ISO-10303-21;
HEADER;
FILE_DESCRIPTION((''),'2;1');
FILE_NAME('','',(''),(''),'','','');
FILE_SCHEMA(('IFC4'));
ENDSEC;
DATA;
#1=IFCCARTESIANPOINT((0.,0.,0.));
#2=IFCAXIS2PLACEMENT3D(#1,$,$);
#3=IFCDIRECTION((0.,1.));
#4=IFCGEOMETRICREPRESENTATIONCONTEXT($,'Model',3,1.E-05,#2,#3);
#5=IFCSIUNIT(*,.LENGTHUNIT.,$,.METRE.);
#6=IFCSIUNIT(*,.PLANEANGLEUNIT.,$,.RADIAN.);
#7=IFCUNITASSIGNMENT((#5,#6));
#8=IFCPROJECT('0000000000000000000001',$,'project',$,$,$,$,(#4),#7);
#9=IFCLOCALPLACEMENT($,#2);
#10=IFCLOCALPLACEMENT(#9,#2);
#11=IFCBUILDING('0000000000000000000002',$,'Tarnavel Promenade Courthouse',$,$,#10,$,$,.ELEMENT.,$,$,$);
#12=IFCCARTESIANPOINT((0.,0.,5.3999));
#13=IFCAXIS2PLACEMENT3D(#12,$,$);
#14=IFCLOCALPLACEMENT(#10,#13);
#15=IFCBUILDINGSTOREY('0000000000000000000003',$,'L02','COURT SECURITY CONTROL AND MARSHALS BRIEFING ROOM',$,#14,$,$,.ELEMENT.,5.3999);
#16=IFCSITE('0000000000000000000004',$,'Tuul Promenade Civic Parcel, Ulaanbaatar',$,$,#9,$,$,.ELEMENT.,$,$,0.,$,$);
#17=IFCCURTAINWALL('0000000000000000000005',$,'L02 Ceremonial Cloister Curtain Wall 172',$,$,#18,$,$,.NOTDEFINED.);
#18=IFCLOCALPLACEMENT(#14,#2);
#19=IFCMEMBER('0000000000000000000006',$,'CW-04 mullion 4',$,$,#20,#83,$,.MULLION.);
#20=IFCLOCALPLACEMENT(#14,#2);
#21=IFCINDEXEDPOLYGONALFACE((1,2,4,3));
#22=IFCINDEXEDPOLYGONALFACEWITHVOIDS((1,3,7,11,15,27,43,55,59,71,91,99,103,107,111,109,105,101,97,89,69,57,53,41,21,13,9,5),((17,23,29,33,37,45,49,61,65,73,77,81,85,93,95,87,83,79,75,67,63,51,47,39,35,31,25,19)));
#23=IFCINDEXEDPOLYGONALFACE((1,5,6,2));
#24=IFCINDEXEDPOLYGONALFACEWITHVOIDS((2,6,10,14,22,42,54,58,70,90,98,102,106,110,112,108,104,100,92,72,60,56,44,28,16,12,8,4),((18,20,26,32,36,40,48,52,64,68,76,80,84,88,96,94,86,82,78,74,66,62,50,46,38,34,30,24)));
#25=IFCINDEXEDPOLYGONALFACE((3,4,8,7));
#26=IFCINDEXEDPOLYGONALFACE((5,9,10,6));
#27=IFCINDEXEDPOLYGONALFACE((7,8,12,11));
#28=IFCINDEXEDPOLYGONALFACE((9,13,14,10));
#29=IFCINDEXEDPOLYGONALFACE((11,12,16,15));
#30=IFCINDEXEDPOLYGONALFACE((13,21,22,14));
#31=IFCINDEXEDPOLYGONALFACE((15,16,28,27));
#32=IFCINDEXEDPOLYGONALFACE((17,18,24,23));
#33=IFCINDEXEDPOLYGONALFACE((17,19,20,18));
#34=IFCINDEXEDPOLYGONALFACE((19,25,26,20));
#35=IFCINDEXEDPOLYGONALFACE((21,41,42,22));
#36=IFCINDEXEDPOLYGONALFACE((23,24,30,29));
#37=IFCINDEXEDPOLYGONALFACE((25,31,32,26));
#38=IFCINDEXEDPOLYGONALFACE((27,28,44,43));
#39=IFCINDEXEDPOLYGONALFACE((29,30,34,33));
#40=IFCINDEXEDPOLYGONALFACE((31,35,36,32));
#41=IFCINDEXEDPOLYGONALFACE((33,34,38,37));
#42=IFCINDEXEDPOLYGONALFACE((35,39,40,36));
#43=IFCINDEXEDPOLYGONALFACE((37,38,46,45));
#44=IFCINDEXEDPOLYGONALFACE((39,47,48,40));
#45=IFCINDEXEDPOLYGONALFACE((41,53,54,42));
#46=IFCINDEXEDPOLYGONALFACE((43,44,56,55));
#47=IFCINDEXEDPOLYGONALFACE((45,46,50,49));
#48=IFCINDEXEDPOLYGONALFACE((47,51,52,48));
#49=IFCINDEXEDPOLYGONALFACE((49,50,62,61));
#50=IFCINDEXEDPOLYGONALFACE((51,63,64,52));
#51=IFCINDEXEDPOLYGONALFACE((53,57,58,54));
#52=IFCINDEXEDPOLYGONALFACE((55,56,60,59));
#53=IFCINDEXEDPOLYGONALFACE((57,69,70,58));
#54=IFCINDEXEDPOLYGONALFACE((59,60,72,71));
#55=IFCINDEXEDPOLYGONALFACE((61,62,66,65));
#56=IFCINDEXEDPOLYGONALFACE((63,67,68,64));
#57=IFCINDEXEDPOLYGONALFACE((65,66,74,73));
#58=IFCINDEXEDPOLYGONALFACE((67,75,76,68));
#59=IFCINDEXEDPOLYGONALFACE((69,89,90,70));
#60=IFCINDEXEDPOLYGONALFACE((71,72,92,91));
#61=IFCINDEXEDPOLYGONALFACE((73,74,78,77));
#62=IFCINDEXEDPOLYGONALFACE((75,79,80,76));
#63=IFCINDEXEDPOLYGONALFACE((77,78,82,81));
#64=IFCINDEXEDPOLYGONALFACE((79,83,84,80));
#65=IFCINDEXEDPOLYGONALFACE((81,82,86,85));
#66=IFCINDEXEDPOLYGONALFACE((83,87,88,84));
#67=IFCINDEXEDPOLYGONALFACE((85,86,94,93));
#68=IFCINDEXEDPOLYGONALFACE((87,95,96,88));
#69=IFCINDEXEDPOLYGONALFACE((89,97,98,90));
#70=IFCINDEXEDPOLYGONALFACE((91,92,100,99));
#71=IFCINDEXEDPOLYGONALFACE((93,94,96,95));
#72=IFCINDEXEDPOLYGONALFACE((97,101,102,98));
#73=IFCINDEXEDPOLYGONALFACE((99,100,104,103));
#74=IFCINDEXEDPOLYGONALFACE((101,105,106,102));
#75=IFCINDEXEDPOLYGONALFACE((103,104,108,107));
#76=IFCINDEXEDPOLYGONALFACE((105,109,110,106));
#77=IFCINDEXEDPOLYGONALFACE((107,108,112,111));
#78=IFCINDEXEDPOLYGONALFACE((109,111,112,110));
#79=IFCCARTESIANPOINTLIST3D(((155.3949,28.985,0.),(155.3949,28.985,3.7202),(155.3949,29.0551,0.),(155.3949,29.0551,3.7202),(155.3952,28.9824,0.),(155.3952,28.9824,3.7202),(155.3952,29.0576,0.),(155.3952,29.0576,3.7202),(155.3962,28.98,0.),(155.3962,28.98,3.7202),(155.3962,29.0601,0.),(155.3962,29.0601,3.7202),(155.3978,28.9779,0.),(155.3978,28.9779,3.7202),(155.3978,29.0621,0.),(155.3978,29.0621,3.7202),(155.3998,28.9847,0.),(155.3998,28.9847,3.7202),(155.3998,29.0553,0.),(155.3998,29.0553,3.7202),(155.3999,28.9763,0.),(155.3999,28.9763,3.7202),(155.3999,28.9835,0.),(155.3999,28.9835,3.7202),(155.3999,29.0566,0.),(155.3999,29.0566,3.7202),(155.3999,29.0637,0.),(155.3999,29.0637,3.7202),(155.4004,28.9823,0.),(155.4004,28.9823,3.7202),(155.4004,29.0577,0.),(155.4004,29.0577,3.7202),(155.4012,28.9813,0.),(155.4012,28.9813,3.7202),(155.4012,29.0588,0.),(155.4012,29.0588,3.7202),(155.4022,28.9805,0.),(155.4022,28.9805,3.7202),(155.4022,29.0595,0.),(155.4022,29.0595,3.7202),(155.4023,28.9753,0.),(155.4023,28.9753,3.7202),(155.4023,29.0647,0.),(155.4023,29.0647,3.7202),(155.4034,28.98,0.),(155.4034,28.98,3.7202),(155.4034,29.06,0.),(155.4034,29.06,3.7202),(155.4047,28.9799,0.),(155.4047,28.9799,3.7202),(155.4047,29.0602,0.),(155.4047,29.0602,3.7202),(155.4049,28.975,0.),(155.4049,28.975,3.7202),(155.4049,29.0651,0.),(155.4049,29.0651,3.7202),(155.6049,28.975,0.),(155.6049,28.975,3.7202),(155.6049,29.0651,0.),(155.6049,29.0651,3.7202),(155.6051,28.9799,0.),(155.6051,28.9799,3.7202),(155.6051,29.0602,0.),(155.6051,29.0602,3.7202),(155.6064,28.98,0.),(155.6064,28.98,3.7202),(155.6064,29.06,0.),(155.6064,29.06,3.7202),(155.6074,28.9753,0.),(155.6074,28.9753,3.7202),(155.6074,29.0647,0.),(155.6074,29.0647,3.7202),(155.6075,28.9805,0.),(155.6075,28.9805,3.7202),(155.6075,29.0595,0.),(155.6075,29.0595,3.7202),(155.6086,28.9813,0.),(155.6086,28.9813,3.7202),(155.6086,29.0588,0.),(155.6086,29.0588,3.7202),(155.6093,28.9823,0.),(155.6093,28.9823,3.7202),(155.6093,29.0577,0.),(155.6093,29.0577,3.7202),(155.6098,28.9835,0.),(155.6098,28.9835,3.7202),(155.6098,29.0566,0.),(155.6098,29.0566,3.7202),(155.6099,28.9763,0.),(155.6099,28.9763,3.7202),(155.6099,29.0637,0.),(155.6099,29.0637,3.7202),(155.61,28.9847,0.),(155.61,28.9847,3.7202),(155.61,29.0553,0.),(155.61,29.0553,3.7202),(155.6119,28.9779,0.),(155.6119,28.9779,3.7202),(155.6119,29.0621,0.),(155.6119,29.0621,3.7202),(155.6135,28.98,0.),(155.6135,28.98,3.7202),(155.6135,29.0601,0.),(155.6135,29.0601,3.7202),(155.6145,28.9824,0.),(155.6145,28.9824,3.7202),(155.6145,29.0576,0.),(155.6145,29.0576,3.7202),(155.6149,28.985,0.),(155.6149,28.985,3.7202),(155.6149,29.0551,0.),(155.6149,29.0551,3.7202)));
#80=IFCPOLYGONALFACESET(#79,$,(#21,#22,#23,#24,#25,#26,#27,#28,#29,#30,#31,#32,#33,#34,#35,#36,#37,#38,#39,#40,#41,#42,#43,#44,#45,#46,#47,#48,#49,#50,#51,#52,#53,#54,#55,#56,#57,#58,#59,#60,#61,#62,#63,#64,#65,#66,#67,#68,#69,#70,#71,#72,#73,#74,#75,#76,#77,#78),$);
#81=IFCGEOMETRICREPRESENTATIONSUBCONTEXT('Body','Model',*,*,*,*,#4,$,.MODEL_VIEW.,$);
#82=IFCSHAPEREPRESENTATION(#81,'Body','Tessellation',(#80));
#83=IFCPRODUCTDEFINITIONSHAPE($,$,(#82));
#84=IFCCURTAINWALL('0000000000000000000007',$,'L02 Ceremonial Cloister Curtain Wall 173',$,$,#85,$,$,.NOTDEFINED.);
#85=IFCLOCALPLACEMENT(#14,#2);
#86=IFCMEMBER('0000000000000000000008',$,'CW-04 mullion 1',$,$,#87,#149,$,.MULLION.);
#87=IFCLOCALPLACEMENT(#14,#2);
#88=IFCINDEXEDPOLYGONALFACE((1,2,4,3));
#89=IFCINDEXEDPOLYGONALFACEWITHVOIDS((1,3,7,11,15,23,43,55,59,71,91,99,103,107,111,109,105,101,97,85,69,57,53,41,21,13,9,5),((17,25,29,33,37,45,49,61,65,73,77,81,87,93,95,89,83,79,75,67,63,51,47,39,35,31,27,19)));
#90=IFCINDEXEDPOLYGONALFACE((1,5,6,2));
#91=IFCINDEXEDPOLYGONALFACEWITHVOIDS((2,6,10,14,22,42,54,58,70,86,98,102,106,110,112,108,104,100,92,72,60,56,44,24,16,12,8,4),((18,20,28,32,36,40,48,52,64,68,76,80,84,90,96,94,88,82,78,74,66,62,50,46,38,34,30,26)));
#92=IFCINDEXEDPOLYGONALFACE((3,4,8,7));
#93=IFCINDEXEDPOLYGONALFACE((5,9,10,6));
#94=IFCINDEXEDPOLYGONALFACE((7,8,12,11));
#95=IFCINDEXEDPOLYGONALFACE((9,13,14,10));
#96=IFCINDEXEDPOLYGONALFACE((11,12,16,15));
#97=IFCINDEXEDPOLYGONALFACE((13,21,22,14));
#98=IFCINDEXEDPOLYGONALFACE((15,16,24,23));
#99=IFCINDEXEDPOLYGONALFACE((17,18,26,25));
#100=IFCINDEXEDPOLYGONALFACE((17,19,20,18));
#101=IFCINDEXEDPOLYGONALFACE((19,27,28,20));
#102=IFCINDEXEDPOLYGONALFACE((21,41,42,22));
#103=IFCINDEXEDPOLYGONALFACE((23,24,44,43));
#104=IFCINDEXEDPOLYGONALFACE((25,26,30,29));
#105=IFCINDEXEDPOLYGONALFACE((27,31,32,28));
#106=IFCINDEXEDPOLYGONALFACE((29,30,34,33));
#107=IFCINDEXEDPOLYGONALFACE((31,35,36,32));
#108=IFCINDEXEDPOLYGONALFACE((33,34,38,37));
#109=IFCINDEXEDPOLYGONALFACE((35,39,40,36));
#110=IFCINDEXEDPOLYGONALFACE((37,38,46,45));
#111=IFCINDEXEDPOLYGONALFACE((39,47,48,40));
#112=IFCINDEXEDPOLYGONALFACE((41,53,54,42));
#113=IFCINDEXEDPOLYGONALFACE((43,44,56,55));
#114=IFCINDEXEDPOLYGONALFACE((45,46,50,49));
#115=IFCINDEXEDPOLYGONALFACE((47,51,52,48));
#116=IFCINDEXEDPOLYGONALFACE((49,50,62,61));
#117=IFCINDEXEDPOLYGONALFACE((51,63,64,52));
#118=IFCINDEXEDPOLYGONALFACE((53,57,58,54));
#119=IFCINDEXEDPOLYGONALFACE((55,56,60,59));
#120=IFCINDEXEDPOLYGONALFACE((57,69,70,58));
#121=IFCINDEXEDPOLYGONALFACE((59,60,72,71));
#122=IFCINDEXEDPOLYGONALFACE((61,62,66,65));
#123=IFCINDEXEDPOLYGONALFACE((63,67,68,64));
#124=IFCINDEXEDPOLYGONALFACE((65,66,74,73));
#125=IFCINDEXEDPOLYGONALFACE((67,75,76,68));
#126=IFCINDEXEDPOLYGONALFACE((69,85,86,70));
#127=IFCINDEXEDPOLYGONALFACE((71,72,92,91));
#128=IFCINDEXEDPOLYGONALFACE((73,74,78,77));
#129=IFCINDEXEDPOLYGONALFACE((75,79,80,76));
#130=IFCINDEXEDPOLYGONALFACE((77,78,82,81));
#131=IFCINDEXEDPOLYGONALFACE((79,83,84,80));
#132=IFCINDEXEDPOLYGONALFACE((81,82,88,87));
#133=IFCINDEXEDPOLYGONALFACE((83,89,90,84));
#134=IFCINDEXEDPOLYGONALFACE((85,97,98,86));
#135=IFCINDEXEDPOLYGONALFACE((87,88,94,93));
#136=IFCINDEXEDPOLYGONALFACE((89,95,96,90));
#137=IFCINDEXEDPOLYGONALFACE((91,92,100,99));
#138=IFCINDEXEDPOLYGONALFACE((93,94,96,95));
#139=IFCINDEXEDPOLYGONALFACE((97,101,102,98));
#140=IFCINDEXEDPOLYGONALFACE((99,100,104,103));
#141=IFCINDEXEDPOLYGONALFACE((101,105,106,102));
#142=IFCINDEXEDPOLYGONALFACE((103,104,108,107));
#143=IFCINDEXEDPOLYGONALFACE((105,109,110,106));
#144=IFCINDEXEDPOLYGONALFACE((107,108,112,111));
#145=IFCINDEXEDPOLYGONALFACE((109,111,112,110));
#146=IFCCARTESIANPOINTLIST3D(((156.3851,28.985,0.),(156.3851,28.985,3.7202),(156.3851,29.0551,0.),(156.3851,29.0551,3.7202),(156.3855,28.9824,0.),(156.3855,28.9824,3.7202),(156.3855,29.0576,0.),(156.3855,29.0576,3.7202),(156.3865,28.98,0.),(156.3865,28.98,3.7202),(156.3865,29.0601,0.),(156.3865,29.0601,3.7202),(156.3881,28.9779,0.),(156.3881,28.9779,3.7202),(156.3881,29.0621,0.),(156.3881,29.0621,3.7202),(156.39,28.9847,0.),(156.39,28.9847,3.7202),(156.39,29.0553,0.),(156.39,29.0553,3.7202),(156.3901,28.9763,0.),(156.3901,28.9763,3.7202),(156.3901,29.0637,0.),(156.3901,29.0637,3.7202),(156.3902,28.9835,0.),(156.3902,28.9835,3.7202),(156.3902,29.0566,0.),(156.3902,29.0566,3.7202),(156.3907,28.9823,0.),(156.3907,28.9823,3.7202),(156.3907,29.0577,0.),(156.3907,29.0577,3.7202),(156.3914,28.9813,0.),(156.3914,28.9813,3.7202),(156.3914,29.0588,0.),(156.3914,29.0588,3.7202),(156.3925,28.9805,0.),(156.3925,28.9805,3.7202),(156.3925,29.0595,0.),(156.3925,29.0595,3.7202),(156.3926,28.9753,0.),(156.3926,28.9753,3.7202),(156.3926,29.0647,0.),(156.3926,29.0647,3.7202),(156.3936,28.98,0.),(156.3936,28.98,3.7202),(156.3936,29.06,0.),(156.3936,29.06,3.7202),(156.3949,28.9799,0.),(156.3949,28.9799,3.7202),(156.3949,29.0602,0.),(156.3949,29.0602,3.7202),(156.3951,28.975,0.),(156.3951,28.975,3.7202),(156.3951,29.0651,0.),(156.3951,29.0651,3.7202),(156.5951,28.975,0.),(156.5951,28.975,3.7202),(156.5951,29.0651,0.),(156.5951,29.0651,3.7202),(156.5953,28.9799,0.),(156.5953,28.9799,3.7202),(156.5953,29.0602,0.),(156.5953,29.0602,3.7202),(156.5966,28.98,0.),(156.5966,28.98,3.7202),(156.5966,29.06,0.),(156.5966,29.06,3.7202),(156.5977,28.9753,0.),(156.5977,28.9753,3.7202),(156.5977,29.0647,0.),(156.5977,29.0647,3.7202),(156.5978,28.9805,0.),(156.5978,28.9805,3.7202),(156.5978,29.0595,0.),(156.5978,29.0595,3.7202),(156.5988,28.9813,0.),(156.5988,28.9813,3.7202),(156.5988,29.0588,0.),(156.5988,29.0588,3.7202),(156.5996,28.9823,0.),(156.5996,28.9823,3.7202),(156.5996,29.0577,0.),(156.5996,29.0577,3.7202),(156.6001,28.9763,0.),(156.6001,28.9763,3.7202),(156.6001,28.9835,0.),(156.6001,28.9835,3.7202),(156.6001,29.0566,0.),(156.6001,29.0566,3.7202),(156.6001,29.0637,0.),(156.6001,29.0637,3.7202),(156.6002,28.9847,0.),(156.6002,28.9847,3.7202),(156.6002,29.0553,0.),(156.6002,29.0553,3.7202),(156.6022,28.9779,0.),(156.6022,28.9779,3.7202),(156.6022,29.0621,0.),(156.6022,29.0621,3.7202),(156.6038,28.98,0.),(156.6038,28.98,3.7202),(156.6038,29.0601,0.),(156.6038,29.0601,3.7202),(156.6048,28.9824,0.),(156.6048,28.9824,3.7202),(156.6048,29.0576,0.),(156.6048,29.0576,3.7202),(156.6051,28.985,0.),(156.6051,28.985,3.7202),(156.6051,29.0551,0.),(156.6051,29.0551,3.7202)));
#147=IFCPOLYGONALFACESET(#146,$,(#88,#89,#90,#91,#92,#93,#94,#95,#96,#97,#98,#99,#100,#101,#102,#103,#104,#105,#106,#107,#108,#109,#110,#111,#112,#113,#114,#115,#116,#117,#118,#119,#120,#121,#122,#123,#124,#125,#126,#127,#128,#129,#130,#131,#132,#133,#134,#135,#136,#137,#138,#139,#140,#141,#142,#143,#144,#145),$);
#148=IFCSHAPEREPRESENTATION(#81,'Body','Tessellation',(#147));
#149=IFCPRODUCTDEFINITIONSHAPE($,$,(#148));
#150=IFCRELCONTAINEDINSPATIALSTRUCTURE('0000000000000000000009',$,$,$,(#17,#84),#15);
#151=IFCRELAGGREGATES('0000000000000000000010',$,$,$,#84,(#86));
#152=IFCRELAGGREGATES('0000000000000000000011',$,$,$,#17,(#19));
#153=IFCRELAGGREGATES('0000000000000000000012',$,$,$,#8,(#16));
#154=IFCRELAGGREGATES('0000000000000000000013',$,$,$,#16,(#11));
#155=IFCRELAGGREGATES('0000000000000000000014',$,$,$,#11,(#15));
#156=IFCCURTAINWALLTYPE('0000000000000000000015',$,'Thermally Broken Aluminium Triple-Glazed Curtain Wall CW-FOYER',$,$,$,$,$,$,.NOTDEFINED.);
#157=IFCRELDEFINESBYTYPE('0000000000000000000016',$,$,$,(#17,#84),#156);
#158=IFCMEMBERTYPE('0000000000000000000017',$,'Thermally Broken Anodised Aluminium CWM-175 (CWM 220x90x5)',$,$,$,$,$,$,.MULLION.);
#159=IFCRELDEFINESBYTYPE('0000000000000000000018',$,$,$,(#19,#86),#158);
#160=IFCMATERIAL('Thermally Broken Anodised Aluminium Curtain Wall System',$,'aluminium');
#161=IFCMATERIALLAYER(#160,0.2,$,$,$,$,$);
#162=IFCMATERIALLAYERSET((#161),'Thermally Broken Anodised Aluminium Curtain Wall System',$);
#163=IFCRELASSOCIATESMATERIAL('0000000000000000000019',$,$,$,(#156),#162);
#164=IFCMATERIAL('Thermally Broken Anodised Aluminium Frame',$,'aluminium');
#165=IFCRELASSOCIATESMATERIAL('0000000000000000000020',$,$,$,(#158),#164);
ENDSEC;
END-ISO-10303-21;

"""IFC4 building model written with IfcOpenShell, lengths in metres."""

from ifc_helpers import new_model, si_unit, direction, frame, origin, origin_2d, place, context, subcontext, project, spatial, hollow_rectangle, extrude, material, layer, layer_set, material_profile, profile_set, type_object, element, aggregate, save


model = new_model("IFC4")

# Units and contexts
model_context = context("Model", 3, precision=1e-05, world=origin(), true_north=direction((0.0, 1.0)))
body_context = subcontext(model_context, "Body", "Model", "MODEL_VIEW")
ifc_project = project(units=[si_unit("LENGTHUNIT", "METRE"), si_unit("PLANEANGLEUNIT", "RADIAN")], contexts=[model_context])

# Site, building, storey
site_placement = place(None, origin())
site = spatial("IfcSite", under=ifc_project, at=site_placement, Name="Tuul Promenade Civic Parcel, Ulaanbaatar", CompositionType="ELEMENT", RefElevation=0.0)
building_placement = place(site_placement, origin())
building = spatial("IfcBuilding", under=site, at=building_placement, Name="Tarnavel Promenade Courthouse", CompositionType="ELEMENT")
storey_placement = place(building_placement, frame((0.0, 0.0, 5.3999)))
storey = spatial("IfcBuildingStorey", under=building, at=storey_placement, Name="L02", Description="COURT SECURITY CONTROL AND MARSHALS BRIEFING ROOM", CompositionType="ELEMENT", Elevation=5.3999)

# Curtain wall, member
ifc_material_1 = material(Name="Thermally Broken Anodised Aluminium Curtain Wall System", Category="aluminium")
ifc_layer_1 = layer(ifc_material_1, 0.2)
ifc_layer_set_1 = layer_set([ifc_layer_1], Name="Thermally Broken Anodised Aluminium Curtain Wall System")
curtain_wall_type = type_object("IfcCurtainWallType", Name="Thermally Broken Aluminium Triple-Glazed Curtain Wall CW-FOYER", PredefinedType="NOTDEFINED", material=ifc_layer_set_1)
ifc_material_2 = material(Name="Thermally Broken Anodised Aluminium Frame", Category="aluminium")
ifc_material_profile_1 = material_profile(ifc_material_2, hollow_rectangle(XDim=0.0901, YDim=0.22, WallThickness=0.0049, InnerFilletRadius=0.0049, OuterFilletRadius=0.01, at=origin_2d()), Name="CWM 220x90x5")
ifc_profile_set_1 = profile_set([ifc_material_profile_1], Name="Thermally Broken Anodised Aluminium Frame")
member_type_1 = type_object("IfcMemberType", Name="Thermally Broken Anodised Aluminium CWM-175 (CWM 220x90x5)", PredefinedType="MULLION", material=ifc_profile_set_1)
curtain_wall_1_placement = place(storey_placement, origin())
curtain_wall_1 = element("IfcCurtainWall", 1, at=curtain_wall_1_placement, inside=storey, type_object=curtain_wall_type, Name="L02 Ceremonial Cloister Curtain Wall 172", PredefinedType="NOTDEFINED")
member_1_placement = place(storey_placement, frame((155.5049, 29.02, 0.0), z_axis=(0.0, 0.0, 1.0), x_axis=(0.0, 1.0, 0.0)))
member_1 = element("IfcMember", 2, at=member_1_placement, type_object=member_type_1, Name="CW-04 mullion 4", PredefinedType="MULLION", context=body_context, shape_type="SweptSolid", body=[
    extrude(hollow_rectangle(XDim=0.0901, YDim=0.22, WallThickness=0.0049, InnerFilletRadius=0.0049, OuterFilletRadius=0.01, at=origin_2d()), origin(), (0.0, 0.0, 1.0), 3.7202),
])

# Curtain wall, member
curtain_wall_2_placement = place(storey_placement, origin())
curtain_wall_2 = element("IfcCurtainWall", 3, at=curtain_wall_2_placement, inside=storey, type_object=curtain_wall_type, Name="L02 Ceremonial Cloister Curtain Wall 173", PredefinedType="NOTDEFINED")
member_2_placement = place(storey_placement, frame((156.4951, 29.02, 0.0), z_axis=(0.0, 0.0, 1.0), x_axis=(0.0, 1.0, 0.0)))
member_2 = element("IfcMember", 4, at=member_2_placement, type_object=member_type_1, Name="CW-04 mullion 1", PredefinedType="MULLION", context=body_context, shape_type="SweptSolid", body=[
    extrude(hollow_rectangle(XDim=0.0901, YDim=0.22, WallThickness=0.0049, InnerFilletRadius=0.0049, OuterFilletRadius=0.01, at=origin_2d()), origin(), (0.0, 0.0, 1.0), 3.7202),
])

aggregate(curtain_wall_2, [member_2])

aggregate(curtain_wall_1, [member_1])

save(model, "model.ifc")
